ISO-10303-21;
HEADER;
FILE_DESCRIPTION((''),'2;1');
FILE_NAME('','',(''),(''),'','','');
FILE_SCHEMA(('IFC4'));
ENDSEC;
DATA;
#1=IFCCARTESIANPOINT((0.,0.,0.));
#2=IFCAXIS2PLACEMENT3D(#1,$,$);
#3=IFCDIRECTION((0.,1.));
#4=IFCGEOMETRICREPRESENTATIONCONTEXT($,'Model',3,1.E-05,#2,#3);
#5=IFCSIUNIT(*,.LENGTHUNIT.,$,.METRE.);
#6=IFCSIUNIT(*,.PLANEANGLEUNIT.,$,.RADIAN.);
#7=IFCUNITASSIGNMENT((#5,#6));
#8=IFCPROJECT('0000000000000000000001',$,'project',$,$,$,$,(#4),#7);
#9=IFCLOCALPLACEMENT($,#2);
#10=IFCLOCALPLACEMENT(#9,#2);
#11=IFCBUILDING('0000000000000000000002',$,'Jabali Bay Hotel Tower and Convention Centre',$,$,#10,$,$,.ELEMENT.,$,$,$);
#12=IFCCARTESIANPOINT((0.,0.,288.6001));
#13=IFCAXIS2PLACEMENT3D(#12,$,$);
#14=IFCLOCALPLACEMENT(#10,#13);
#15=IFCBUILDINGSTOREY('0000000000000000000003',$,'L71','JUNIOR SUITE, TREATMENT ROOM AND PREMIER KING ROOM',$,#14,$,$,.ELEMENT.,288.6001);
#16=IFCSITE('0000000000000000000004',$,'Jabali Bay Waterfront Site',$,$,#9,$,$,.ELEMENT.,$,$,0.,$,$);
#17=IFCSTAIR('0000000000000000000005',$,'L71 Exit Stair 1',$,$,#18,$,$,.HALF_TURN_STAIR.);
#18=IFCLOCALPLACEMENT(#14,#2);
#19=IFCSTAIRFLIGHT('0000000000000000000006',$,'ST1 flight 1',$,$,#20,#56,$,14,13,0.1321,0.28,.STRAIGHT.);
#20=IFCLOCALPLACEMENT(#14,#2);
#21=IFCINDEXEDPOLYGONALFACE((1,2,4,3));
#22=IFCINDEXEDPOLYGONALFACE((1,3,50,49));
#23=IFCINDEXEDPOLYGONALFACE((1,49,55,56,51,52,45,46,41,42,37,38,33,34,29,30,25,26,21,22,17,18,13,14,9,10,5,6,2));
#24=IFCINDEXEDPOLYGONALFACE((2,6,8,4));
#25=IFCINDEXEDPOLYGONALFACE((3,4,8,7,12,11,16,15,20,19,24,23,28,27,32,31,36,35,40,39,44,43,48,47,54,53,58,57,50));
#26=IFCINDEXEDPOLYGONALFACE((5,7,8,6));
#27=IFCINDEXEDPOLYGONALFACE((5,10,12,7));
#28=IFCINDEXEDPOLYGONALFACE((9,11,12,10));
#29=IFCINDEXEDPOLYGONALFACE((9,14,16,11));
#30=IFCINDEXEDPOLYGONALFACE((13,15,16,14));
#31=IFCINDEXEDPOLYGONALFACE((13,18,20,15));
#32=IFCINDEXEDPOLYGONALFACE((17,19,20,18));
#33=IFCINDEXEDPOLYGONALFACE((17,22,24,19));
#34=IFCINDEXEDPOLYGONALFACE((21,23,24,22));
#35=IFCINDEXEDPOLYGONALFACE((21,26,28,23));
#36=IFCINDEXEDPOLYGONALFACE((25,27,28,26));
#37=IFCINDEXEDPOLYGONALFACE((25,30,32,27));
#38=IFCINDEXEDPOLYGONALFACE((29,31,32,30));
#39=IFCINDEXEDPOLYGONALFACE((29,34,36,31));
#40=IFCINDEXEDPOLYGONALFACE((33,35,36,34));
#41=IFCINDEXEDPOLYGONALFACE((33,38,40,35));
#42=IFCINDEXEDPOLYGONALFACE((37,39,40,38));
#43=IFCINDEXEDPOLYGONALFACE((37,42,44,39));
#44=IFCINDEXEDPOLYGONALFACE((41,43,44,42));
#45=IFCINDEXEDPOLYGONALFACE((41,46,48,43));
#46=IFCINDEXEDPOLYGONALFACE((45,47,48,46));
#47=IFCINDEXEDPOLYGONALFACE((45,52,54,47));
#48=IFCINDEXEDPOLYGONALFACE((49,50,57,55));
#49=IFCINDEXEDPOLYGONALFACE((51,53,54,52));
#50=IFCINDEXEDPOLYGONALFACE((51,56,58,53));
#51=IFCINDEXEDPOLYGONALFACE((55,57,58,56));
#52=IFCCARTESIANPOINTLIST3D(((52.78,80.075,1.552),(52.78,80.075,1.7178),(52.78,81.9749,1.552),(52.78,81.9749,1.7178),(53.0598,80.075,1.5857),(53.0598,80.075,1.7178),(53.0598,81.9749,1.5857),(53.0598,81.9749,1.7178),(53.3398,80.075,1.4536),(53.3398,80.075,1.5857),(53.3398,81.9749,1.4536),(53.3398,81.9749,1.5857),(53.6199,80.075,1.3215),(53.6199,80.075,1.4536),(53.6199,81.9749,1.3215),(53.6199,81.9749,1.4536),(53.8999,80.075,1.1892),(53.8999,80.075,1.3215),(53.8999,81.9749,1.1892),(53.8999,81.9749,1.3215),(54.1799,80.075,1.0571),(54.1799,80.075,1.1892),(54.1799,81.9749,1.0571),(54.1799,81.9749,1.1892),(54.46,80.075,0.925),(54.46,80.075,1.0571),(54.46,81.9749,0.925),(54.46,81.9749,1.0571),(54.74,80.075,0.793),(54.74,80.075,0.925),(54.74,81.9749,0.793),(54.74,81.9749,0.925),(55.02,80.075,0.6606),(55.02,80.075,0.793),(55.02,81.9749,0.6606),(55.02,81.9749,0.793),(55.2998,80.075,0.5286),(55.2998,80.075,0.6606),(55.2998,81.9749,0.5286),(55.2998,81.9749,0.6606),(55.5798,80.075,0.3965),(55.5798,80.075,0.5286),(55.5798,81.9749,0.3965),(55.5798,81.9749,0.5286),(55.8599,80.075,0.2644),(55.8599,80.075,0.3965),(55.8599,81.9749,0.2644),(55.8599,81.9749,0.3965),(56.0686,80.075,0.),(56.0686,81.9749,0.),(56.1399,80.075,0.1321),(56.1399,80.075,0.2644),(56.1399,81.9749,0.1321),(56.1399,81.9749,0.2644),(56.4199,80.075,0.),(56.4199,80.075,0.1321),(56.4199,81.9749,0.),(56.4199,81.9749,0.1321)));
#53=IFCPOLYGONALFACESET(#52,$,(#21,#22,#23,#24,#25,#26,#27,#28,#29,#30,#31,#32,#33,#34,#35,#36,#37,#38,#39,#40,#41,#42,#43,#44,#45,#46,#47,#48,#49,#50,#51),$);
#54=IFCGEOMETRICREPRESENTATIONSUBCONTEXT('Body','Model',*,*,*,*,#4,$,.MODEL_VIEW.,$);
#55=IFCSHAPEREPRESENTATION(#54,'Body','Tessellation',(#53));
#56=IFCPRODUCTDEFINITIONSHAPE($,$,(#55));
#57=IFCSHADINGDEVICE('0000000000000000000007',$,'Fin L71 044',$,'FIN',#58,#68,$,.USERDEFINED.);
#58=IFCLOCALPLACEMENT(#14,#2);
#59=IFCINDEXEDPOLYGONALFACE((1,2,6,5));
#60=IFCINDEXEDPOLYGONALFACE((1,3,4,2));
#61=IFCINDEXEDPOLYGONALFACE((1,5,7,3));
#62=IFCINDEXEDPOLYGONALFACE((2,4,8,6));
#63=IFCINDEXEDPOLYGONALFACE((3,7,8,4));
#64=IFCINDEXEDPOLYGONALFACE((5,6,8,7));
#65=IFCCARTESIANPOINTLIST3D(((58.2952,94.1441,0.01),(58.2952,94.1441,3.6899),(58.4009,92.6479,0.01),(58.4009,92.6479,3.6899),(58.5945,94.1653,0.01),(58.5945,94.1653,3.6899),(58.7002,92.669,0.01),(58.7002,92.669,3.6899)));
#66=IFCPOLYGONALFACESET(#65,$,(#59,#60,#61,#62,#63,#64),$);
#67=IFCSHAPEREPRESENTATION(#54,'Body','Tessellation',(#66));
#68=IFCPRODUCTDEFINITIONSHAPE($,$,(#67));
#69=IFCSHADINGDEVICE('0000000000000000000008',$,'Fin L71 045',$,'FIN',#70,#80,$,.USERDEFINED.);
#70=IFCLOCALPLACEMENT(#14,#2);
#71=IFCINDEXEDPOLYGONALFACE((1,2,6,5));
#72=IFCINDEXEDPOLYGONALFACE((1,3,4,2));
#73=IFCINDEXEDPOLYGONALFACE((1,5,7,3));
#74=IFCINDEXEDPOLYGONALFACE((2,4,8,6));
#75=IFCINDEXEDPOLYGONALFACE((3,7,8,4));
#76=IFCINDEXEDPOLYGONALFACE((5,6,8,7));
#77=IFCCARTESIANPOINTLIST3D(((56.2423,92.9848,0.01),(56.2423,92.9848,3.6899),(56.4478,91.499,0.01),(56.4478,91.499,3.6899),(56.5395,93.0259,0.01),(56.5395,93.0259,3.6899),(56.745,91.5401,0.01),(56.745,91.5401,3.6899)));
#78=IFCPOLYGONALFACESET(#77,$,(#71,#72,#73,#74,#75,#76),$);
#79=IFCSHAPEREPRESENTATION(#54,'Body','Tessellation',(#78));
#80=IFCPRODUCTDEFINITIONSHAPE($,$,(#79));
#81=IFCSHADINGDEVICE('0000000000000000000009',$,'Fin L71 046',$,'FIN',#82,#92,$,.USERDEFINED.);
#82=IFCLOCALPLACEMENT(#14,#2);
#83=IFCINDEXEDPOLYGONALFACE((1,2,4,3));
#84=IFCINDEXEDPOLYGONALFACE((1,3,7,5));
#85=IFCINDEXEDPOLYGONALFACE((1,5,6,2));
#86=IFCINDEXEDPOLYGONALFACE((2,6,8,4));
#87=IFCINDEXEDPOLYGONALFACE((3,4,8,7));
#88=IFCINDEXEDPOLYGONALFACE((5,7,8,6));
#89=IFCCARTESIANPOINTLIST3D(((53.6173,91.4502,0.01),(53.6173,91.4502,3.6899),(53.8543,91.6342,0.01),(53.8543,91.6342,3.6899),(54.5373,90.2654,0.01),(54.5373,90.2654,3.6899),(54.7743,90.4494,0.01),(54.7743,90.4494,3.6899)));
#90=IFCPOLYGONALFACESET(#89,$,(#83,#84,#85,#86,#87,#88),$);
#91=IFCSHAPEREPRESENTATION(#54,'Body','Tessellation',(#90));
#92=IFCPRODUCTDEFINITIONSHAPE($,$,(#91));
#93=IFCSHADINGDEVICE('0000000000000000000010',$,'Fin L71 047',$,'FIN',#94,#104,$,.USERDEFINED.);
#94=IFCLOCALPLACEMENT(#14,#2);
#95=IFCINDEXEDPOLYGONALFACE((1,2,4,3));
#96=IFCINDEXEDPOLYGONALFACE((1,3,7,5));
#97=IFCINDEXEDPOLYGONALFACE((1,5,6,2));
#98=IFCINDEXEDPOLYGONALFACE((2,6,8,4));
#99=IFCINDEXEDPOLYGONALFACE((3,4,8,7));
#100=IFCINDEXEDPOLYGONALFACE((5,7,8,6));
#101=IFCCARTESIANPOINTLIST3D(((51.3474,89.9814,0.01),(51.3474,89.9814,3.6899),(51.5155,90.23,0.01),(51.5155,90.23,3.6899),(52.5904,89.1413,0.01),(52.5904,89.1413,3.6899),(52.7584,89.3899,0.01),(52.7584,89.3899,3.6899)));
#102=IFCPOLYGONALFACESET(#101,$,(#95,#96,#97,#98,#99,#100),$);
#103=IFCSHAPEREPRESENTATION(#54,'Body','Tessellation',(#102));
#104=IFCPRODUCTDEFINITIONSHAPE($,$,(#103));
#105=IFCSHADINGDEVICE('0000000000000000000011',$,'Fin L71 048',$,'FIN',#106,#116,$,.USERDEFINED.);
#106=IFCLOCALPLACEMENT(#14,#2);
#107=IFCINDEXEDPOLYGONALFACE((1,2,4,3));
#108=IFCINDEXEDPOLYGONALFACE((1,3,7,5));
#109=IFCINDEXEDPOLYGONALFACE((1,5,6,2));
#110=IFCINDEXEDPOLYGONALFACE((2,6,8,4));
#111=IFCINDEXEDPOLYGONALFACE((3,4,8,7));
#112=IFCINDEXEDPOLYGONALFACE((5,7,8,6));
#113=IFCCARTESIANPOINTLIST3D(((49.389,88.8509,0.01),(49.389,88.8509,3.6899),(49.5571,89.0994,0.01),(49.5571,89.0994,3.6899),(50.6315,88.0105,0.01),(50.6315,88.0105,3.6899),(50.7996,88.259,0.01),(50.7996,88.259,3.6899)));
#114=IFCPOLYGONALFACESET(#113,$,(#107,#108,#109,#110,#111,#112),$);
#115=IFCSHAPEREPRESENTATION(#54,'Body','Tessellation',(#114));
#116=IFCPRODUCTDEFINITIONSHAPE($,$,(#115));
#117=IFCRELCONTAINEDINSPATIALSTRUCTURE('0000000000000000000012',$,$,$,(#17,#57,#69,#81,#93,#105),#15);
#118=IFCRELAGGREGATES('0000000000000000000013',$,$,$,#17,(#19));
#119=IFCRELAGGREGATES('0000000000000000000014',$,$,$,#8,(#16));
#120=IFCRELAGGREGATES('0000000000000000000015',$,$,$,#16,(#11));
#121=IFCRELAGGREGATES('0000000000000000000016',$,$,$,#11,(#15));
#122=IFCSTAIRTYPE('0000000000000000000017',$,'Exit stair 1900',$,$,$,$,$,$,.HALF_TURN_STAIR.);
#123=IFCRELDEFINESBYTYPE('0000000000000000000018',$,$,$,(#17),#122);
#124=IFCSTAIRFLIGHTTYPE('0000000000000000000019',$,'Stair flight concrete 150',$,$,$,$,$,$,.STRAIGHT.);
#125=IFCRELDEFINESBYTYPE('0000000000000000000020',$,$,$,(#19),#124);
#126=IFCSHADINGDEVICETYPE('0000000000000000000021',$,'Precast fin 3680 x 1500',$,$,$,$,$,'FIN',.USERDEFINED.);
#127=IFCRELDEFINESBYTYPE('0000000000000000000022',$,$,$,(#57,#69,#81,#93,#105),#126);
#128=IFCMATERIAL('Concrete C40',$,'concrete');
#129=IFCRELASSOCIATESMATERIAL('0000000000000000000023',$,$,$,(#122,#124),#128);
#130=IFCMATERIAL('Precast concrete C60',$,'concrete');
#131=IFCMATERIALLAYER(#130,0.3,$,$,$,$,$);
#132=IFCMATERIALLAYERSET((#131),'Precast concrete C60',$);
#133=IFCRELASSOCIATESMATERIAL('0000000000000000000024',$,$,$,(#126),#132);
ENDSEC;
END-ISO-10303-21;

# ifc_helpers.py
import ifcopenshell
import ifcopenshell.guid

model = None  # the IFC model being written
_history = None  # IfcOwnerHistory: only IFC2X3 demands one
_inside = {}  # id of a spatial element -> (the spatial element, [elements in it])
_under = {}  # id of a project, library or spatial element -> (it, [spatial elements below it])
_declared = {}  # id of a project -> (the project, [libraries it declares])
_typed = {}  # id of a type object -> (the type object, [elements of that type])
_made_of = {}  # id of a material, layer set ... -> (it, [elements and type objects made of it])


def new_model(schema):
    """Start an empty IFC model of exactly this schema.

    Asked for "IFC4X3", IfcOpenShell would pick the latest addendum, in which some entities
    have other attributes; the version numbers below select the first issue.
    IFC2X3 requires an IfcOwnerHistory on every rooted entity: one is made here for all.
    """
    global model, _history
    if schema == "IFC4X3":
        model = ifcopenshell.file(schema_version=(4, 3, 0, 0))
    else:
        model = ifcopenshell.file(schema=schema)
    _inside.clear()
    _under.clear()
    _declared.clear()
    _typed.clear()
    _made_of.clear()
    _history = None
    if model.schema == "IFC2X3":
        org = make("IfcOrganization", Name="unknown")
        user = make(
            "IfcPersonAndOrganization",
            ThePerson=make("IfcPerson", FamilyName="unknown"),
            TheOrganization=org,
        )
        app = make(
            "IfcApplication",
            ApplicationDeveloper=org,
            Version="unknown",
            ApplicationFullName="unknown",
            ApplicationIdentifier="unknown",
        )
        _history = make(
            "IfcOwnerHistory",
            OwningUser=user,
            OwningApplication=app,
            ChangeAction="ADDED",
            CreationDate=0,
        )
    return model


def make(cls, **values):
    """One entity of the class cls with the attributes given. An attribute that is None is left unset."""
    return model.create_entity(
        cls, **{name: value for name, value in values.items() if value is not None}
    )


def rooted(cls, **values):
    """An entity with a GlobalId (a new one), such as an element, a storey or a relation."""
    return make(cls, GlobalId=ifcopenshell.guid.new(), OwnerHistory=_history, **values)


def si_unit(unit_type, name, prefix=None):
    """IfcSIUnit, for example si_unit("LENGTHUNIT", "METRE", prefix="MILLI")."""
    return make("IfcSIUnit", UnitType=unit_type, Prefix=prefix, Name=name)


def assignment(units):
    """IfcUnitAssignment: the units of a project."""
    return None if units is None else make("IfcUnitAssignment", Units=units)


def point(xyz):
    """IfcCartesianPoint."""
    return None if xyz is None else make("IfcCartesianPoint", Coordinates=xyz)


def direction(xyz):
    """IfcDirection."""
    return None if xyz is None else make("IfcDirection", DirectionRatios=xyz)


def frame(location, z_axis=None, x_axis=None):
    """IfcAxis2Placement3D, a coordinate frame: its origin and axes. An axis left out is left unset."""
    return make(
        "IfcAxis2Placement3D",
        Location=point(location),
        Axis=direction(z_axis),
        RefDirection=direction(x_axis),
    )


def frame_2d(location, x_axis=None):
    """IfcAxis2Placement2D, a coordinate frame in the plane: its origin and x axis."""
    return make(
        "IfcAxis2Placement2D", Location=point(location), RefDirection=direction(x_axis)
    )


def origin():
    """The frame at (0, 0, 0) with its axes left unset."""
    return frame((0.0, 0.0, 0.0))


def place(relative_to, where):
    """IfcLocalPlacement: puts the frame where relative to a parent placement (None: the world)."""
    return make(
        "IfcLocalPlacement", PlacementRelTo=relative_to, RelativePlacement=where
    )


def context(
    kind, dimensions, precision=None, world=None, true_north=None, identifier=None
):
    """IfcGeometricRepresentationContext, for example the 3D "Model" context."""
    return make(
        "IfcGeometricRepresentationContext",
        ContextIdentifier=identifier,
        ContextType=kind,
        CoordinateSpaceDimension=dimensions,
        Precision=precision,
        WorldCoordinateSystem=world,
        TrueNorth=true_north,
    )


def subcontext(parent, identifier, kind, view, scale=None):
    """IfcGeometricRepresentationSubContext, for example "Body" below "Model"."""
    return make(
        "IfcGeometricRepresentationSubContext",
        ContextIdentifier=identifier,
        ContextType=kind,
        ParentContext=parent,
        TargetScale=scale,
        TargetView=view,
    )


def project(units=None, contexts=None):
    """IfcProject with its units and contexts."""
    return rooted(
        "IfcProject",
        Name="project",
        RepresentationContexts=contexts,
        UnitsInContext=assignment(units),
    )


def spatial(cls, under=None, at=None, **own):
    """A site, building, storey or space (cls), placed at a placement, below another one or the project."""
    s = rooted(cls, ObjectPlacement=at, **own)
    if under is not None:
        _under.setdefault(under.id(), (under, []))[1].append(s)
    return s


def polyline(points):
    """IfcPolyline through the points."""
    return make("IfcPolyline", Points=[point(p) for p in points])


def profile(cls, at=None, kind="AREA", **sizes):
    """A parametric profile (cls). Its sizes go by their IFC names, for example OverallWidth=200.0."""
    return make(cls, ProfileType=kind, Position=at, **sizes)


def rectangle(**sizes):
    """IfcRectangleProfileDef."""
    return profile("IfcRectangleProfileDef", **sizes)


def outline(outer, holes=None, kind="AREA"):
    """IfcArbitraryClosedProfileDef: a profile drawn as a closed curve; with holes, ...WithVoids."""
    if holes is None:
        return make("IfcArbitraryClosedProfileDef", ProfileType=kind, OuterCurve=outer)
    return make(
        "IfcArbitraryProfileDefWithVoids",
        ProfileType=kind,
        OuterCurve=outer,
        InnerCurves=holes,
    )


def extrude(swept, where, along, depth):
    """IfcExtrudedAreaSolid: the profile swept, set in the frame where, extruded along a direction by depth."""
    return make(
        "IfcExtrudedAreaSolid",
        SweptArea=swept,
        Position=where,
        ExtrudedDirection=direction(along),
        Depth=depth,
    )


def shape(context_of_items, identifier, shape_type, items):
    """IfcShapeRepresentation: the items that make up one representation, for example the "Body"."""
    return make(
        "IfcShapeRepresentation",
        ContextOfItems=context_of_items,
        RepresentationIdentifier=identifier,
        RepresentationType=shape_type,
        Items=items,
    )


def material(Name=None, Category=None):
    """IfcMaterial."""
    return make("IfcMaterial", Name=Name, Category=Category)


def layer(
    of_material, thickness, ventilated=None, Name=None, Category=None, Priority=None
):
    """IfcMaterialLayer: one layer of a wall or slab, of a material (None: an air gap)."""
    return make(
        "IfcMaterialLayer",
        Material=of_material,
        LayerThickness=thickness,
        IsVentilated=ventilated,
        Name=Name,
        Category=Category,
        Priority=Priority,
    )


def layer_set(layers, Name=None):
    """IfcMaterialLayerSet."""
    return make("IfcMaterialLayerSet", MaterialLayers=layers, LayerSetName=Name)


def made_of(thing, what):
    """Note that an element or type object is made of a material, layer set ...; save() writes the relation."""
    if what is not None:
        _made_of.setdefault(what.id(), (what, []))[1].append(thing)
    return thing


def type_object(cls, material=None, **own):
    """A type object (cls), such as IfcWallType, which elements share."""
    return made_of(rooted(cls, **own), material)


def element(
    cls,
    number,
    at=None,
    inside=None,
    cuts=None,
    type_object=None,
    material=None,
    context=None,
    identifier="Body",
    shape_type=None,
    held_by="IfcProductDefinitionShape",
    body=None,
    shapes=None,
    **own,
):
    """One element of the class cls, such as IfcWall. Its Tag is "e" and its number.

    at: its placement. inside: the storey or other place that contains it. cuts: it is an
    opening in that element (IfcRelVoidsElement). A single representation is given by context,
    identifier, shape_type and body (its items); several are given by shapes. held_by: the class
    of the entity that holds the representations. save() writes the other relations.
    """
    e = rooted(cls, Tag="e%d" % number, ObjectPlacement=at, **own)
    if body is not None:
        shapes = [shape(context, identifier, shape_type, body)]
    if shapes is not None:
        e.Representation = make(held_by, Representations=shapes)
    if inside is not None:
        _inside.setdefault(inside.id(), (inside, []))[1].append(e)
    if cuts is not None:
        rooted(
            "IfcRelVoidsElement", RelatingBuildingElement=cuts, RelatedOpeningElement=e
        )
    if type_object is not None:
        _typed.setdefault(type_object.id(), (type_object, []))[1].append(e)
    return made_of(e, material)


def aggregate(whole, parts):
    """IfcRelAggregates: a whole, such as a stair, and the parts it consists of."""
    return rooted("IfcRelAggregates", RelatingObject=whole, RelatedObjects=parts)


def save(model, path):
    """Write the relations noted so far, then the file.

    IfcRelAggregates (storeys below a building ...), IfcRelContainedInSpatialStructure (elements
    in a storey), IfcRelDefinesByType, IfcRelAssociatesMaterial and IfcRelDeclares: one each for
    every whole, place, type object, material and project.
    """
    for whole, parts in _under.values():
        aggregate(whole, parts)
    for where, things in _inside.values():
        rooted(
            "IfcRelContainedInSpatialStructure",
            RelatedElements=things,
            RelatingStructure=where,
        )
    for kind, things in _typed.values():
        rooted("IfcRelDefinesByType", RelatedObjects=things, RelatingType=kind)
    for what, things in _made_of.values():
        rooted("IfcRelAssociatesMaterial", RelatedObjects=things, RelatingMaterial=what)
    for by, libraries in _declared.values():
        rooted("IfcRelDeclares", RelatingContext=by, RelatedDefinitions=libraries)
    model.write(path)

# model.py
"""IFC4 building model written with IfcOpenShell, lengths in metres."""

from ifc_helpers import new_model, si_unit, direction, frame, frame_2d, origin, place, context, subcontext, project, spatial, polyline, rectangle, outline, extrude, material, layer, layer_set, type_object, element, aggregate, save


model = new_model("IFC4")

# Units and contexts
model_context = context("Model", 3, precision=1e-05, world=origin(), true_north=direction((0.0, 1.0)))
body_context = subcontext(model_context, "Body", "Model", "MODEL_VIEW")
ifc_project = project(units=[si_unit("LENGTHUNIT", "METRE"), si_unit("PLANEANGLEUNIT", "RADIAN")], contexts=[model_context])

# Site, building, storey
site_placement = place(None, origin())
site = spatial("IfcSite", under=ifc_project, at=site_placement, Name="Jabali Bay Waterfront Site", CompositionType="ELEMENT", RefElevation=0.0)
building_placement = place(site_placement, origin())
building = spatial("IfcBuilding", under=site, at=building_placement, Name="Jabali Bay Hotel Tower and Convention Centre", CompositionType="ELEMENT")
storey_placement = place(building_placement, frame((0.0, 0.0, 288.6001)))
storey = spatial("IfcBuildingStorey", under=building, at=storey_placement, Name="L71", Description="JUNIOR SUITE, TREATMENT ROOM AND PREMIER KING ROOM", CompositionType="ELEMENT", Elevation=288.6001)

# Shared definitions
ifc_material_1 = material(Name="Concrete C40", Category="concrete")

# Stair, stair flight
stair_type = type_object("IfcStairType", Name="Exit stair 1900", PredefinedType="HALF_TURN_STAIR", material=ifc_material_1)
stair_placement = place(storey_placement, origin())
stair = element("IfcStair", 1, at=stair_placement, inside=storey, type_object=stair_type, Name="L71 Exit Stair 1", PredefinedType="HALF_TURN_STAIR")
stair_flight_type = type_object("IfcStairFlightType", Name="Stair flight concrete 150", PredefinedType="STRAIGHT", material=ifc_material_1)
stair_flight_placement = place(storey_placement, frame((56.4199, 81.0249, 0.0), z_axis=(0.0, 0.0, 1.0), x_axis=(-1.0, 0.0, 0.0)))
stair_flight = element("IfcStairFlight", 2, at=stair_flight_placement, type_object=stair_flight_type, Name="ST1 flight 1", NumberOfRisers=14, NumberOfTreads=13, PredefinedType="STRAIGHT", RiserHeight=0.1321, TreadLength=0.28, context=body_context, shape_type="SweptSolid", body=[
    extrude(outline(polyline([(0.0, 0.0), (0.0, 0.1321), (0.28, 0.1321), (0.28, 0.2644), (0.5601, 0.2644), (0.5601, 0.3965), (0.8401, 0.3965), (0.8401, 0.5286), (1.1201, 0.5286), (1.1201, 0.6606), (1.3999, 0.6606), (1.3999, 0.793), (1.6799, 0.793), (1.6799, 0.925), (1.96, 0.925), (1.96, 1.0571), (2.24, 1.0571), (2.24, 1.1892), (2.52, 1.1892), (2.52, 1.3215), (2.8, 1.3215), (2.8, 1.4536), (3.0801, 1.4536), (3.0801, 1.5857), (3.3601, 1.5857), (3.3601, 1.7178), (3.6399, 1.7178), (3.6399, 1.8501), (3.6399, 1.552), (0.3513, 0.0), (0.0, 0.0)])), frame((0.0, 0.95, 0.0), z_axis=(0.0, -1.0, 0.0), x_axis=(1.0, 0.0, 0.0)), (0.0, 0.0, 1.0), 1.8999),
])
aggregate(stair, [stair_flight])

# Shading devices
ifc_material_2 = material(Name="Precast concrete C60", Category="concrete")
ifc_layer_1 = layer(ifc_material_2, 0.3)
ifc_layer_set_1 = layer_set([ifc_layer_1], Name="Precast concrete C60")
shading_device_type = type_object("IfcShadingDeviceType", Name="Precast fin 3680 x 1500", ElementType="FIN", PredefinedType="USERDEFINED", material=ifc_layer_set_1)
for number, where, z_axis, x_axis, name in (
    (3, (58.5505, 92.6584, 0.01), (0.0, 0.0, 1.0), (-0.070472, 0.997514, 0.0), "Fin L71 044"),
    (4, (56.5964, 91.5195, 0.01), (0.0, 0.0, 1.0), (-0.137045, 0.990565, 0.0), "Fin L71 045"),
    (5, (54.6558, 90.3574, 0.01), (0.0, 0.0, 1.0), (-0.613276, 0.789869, 0.0), "Fin L71 046"),
):
    element("IfcShadingDevice", number, at=place(storey_placement, frame(where, z_axis=z_axis, x_axis=x_axis)), inside=storey, type_object=shading_device_type, Name=name, ObjectType="FIN", PredefinedType="USERDEFINED", context=body_context, shape_type="SweptSolid", body=[
        extrude(rectangle(XDim=1.5, YDim=0.3, at=frame_2d((0.75, 0.0))), origin(), (0.0, 0.0, 1.0), 3.6799),
    ])
shading_device_1_placement = place(storey_placement, frame((52.6743, 89.2656, 0.01), z_axis=(0.0, 0.0, 1.0), x_axis=(-0.828503, 0.559984, 0.0)))
element("IfcShadingDevice", 6, at=shading_device_1_placement, inside=storey, type_object=shading_device_type, Name="Fin L71 047", ObjectType="FIN", PredefinedType="USERDEFINED", context=body_context, shape_type="SweptSolid", body=[
    extrude(rectangle(XDim=1.5002, YDim=0.3, at=frame_2d((0.75, 0.0))), origin(), (0.0, 0.0, 1.0), 3.6799),
])
shading_device_2_placement = place(storey_placement, frame((50.7156, 88.1348, 0.01), z_axis=(0.0, 0.0, 1.0), x_axis=(-0.828326, 0.560247, 0.0)))
element("IfcShadingDevice", 7, at=shading_device_2_placement, inside=storey, type_object=shading_device_type, Name="Fin L71 048", ObjectType="FIN", PredefinedType="USERDEFINED", context=body_context, shape_type="SweptSolid", body=[
    extrude(rectangle(XDim=1.5, YDim=0.3, at=frame_2d((0.75, 0.0))), origin(), (0.0, 0.0, 1.0), 3.6799),
])

save(model, "model.ifc")
